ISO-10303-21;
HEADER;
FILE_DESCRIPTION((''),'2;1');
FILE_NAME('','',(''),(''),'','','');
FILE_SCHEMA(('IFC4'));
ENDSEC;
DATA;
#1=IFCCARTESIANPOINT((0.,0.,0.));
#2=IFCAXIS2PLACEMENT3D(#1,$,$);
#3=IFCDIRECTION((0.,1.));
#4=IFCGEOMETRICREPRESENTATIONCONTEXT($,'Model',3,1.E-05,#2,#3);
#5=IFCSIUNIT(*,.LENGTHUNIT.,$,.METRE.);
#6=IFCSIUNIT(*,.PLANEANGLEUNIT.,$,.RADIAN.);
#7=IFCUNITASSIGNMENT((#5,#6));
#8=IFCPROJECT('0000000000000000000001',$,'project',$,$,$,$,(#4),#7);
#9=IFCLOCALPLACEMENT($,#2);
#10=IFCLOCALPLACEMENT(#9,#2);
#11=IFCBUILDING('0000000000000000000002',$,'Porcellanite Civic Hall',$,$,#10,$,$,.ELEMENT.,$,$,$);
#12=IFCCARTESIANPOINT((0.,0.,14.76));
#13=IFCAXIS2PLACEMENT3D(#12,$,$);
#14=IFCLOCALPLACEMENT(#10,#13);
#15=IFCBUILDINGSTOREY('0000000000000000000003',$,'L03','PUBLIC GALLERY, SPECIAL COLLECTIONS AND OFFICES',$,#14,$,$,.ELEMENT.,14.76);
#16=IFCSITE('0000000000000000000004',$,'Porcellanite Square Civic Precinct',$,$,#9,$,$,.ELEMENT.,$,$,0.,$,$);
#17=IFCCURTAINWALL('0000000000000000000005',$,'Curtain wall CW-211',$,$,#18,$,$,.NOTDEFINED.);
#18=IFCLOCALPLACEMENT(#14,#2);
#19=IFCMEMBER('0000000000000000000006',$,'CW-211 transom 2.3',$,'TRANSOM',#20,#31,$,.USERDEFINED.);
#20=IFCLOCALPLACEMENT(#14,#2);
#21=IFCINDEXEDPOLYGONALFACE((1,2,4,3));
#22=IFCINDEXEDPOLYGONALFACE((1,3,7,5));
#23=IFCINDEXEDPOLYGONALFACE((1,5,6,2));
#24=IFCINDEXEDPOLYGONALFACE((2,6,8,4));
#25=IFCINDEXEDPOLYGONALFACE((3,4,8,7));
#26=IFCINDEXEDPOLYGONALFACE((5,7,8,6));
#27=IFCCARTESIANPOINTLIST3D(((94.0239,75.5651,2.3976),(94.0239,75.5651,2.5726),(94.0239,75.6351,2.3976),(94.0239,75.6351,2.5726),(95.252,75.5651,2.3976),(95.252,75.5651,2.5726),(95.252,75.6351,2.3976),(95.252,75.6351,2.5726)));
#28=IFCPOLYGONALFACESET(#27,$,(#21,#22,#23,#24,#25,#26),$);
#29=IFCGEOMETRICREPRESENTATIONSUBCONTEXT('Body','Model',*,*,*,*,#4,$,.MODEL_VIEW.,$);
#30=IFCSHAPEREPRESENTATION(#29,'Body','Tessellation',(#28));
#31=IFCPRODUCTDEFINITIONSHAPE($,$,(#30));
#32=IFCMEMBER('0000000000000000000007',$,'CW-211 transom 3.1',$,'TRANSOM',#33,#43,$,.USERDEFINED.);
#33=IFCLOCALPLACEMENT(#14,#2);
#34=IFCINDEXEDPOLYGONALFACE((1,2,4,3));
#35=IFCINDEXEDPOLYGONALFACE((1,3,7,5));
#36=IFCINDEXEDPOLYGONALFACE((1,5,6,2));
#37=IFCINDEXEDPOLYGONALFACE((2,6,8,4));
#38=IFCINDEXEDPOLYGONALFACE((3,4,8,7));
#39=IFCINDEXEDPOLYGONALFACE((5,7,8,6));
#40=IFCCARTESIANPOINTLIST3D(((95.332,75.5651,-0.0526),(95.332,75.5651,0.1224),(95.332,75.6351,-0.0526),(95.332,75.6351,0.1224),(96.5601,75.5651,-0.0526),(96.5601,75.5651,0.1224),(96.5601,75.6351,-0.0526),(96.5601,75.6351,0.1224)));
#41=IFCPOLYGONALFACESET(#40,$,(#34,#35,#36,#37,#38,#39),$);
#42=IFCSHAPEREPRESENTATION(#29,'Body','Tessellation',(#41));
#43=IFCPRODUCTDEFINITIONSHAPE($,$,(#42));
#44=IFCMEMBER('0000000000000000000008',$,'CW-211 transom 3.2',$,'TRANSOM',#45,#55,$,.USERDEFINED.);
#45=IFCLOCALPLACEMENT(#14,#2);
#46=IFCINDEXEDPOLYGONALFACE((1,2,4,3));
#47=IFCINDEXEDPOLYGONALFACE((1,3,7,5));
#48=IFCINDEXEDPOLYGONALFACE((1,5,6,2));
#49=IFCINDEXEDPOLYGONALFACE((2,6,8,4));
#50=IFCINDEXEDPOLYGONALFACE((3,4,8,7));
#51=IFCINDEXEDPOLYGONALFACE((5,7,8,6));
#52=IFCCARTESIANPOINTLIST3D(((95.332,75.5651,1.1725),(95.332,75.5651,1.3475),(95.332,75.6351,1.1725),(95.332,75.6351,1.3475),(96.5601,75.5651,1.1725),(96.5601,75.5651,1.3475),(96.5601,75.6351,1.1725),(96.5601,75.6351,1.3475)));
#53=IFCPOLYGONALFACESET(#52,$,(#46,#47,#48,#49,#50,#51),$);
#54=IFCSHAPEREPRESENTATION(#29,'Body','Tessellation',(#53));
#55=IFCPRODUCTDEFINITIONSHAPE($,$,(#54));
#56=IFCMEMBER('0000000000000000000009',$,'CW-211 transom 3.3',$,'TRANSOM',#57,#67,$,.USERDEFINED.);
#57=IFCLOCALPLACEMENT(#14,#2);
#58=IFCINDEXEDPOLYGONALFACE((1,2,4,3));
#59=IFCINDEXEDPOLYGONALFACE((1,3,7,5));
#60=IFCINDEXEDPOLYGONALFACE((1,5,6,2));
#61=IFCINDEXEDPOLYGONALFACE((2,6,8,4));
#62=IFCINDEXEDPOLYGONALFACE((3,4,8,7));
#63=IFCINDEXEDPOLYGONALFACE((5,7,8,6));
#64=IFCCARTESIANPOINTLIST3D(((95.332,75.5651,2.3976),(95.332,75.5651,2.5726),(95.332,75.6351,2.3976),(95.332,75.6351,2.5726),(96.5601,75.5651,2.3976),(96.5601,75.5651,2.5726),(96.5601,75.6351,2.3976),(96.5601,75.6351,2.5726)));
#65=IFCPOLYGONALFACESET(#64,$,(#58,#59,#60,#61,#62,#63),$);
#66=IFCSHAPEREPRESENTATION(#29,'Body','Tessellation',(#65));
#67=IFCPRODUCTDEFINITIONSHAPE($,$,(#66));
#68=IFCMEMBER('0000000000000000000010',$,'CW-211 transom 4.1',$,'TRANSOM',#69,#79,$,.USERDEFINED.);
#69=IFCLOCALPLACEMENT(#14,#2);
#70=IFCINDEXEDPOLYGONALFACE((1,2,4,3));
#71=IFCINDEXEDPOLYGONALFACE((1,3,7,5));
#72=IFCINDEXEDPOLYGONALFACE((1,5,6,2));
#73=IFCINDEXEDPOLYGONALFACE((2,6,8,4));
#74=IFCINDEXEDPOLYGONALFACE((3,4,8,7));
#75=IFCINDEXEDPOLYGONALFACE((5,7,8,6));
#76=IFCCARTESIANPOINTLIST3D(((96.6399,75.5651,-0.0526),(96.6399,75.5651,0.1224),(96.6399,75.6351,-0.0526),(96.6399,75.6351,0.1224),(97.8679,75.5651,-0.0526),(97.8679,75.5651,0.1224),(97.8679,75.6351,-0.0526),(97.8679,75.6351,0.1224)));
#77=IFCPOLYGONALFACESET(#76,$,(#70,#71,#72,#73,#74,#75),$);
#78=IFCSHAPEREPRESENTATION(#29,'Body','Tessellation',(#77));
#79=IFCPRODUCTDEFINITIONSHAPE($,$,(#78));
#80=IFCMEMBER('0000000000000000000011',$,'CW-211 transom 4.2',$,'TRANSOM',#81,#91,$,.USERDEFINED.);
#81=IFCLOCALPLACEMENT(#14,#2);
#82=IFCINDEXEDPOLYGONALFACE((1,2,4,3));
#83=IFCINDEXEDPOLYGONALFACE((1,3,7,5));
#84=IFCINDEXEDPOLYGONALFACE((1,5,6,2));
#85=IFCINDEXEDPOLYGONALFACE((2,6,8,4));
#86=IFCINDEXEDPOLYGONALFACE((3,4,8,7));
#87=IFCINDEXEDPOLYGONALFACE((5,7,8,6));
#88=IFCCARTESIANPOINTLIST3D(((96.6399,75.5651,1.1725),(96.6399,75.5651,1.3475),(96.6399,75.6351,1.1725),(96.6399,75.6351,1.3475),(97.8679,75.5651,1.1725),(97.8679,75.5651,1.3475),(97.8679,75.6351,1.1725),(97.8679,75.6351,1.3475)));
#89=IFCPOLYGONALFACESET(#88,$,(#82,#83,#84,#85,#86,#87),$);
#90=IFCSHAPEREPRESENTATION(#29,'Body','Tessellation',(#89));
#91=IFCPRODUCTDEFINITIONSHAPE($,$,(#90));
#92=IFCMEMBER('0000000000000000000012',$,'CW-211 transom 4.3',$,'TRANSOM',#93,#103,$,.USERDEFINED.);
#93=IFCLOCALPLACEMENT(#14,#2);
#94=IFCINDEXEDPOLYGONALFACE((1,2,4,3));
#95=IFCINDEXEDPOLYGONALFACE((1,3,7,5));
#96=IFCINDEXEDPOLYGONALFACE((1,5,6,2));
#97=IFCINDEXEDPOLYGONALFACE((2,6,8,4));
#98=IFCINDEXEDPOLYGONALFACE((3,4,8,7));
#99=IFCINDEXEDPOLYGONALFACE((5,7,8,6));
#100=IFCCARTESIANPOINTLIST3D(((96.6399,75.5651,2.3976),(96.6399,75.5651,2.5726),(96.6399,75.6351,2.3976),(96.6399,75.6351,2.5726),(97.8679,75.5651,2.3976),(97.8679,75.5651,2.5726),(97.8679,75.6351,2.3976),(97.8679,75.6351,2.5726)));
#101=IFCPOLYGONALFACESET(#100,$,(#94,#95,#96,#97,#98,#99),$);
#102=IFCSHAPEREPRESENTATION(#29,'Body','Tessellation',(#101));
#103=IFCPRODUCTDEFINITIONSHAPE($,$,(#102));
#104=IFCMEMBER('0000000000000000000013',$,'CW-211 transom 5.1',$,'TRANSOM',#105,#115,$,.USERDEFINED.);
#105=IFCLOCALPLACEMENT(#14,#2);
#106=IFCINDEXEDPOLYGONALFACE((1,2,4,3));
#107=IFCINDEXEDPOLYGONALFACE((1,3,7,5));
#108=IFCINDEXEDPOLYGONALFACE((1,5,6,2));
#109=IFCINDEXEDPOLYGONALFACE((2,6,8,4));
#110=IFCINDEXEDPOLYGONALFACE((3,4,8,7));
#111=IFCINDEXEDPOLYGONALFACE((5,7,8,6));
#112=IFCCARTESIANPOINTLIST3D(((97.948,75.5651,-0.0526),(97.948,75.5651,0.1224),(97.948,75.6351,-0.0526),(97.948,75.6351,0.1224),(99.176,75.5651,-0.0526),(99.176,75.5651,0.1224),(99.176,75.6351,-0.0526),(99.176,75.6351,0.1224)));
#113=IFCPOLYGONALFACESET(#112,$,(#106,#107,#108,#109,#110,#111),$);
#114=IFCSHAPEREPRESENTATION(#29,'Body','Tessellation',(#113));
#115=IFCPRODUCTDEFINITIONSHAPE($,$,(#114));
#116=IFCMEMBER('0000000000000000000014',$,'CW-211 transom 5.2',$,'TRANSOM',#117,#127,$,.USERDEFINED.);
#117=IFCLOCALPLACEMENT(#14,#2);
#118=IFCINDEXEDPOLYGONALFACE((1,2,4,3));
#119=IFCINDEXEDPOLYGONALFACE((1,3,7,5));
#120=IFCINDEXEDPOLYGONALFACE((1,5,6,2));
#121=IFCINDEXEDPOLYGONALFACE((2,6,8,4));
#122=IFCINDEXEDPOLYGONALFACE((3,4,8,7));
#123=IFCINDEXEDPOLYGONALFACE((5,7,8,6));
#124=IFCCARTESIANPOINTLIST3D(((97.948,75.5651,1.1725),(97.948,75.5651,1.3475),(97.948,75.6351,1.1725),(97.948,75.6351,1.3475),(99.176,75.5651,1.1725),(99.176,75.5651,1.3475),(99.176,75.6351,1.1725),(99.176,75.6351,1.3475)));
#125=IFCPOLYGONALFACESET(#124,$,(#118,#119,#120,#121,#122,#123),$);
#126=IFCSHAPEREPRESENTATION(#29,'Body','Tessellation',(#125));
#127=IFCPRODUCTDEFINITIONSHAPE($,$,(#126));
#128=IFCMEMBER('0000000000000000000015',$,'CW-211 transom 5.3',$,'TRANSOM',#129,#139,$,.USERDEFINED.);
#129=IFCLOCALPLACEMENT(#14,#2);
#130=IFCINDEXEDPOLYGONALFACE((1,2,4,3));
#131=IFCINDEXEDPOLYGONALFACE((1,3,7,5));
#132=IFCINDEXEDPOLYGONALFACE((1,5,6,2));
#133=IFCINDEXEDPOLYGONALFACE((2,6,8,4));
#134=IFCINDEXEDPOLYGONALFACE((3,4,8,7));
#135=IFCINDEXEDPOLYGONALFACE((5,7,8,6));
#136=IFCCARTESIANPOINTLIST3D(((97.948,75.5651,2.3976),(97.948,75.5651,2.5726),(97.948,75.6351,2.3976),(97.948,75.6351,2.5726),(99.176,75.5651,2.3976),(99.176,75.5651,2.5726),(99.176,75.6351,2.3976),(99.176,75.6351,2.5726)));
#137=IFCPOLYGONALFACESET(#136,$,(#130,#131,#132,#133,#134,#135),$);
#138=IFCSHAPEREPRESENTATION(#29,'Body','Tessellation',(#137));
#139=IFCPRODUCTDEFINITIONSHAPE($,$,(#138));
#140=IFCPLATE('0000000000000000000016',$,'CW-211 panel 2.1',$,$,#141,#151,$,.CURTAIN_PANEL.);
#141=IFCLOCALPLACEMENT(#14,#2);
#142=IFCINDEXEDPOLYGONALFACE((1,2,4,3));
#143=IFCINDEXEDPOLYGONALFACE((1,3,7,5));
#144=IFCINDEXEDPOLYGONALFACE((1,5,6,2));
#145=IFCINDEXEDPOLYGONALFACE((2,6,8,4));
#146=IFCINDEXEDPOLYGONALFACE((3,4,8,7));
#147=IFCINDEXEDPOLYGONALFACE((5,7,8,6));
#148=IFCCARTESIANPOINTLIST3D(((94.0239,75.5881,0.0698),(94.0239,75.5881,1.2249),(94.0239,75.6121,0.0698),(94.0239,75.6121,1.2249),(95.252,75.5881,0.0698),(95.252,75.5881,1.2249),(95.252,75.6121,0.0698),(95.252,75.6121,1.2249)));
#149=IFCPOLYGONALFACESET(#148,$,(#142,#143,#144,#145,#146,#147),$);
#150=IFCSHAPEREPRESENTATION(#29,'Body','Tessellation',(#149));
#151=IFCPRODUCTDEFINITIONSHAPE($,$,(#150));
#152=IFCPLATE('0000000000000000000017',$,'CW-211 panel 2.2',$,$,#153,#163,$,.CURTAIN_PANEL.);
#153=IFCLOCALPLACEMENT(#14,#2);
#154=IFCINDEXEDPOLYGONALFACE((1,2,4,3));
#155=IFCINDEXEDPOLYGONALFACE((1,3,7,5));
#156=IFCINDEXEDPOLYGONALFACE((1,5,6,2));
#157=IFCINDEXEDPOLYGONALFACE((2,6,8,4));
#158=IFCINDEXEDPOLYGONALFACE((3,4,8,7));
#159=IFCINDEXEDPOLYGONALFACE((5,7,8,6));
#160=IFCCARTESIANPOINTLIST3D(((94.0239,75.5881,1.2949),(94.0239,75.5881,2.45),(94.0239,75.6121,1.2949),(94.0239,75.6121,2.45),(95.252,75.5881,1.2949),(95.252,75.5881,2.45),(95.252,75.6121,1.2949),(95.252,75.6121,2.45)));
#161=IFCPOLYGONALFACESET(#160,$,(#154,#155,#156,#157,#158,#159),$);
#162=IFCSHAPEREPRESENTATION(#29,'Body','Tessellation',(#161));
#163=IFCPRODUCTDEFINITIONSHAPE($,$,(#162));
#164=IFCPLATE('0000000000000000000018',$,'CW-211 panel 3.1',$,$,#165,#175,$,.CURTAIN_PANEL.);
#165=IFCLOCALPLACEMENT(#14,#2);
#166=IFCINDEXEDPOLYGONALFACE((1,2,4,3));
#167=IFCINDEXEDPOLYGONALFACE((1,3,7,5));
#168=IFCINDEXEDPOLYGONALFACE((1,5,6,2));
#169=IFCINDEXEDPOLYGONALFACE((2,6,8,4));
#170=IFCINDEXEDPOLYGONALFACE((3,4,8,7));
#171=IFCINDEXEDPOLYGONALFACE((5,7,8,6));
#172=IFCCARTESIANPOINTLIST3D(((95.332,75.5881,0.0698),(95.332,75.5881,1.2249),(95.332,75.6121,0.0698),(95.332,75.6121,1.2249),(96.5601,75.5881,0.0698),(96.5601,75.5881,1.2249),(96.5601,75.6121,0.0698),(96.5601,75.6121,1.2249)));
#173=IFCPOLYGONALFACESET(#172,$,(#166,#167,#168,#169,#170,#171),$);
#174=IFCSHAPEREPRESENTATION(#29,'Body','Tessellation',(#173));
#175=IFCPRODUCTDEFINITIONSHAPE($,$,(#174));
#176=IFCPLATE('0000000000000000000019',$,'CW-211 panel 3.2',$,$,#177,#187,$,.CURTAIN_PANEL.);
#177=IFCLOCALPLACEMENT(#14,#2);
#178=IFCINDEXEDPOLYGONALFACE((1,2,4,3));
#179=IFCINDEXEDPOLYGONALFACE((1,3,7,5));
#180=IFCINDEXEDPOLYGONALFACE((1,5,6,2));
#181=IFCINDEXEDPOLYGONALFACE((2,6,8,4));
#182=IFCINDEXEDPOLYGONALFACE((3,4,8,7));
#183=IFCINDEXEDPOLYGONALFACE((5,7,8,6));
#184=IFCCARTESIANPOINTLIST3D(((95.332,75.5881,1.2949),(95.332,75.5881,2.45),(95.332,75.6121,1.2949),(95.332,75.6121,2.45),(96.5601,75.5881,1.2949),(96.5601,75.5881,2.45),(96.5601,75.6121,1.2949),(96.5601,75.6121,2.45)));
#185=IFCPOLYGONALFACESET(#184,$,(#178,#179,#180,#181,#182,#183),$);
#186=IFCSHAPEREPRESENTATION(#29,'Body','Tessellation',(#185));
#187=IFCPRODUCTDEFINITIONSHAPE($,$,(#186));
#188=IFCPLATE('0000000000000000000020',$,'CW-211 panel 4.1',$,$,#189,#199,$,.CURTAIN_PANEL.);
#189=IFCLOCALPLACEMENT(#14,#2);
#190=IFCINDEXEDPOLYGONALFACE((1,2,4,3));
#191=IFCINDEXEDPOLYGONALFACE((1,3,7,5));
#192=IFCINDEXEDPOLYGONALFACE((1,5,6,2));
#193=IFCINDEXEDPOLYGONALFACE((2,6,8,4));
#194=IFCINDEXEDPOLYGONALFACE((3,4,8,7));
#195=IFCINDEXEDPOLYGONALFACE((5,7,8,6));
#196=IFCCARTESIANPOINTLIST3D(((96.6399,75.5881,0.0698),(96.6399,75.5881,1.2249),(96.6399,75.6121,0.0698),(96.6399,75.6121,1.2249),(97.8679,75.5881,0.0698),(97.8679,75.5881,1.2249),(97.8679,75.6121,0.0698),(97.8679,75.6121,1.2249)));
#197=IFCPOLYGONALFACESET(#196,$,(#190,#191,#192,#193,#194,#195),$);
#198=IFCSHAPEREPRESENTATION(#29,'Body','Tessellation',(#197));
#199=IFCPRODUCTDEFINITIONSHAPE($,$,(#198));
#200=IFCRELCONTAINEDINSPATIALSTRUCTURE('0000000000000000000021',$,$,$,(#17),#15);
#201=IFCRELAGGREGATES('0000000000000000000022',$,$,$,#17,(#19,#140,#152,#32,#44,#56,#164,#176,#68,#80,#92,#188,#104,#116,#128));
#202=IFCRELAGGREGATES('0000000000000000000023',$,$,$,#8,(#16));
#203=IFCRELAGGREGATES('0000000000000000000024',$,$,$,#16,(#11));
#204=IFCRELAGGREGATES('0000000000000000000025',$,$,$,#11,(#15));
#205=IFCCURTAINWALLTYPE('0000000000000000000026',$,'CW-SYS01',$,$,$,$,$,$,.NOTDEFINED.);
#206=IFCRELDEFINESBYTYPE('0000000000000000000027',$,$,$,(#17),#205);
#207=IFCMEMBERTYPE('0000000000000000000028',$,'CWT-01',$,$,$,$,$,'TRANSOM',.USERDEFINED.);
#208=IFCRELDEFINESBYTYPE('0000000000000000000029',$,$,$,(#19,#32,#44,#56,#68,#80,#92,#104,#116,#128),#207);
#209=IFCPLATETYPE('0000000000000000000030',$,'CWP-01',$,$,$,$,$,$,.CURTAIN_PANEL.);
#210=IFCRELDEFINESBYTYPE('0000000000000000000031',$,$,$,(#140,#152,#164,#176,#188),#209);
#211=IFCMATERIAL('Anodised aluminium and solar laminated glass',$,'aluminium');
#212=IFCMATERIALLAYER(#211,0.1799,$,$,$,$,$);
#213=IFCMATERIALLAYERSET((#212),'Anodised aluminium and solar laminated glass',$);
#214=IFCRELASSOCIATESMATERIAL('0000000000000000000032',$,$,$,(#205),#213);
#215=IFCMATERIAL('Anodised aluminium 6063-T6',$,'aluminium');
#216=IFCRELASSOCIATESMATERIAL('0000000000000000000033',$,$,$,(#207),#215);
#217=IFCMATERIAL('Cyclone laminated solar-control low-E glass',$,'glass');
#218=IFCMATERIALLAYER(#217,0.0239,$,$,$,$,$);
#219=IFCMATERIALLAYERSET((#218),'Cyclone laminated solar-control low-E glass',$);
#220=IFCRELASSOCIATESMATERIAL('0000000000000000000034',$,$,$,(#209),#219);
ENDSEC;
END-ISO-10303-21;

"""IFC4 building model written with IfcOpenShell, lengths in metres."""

from ifc_helpers import new_model, si_unit, direction, frame, origin, origin_2d, place, context, subcontext, project, spatial, rectangle, extrude, material, layer, layer_set, material_profile, profile_set, type_object, element, aggregate, save


model = new_model("IFC4")

# Units and contexts
model_context = context("Model", 3, precision=1e-05, world=origin(), true_north=direction((0.0, 1.0)))
body_context = subcontext(model_context, "Body", "Model", "MODEL_VIEW")
ifc_project = project(units=[si_unit("LENGTHUNIT", "METRE"), si_unit("PLANEANGLEUNIT", "RADIAN")], contexts=[model_context])

# Site, building, storey
site_placement = place(None, origin())
site = spatial("IfcSite", under=ifc_project, at=site_placement, Name="Porcellanite Square Civic Precinct", CompositionType="ELEMENT", RefElevation=0.0)
building_placement = place(site_placement, origin())
building = spatial("IfcBuilding", under=site, at=building_placement, Name="Porcellanite Civic Hall", CompositionType="ELEMENT")
storey_placement = place(building_placement, frame((0.0, 0.0, 14.76)))
storey = spatial("IfcBuildingStorey", under=building, at=storey_placement, Name="L03", Description="PUBLIC GALLERY, SPECIAL COLLECTIONS AND OFFICES", CompositionType="ELEMENT", Elevation=14.76)

# Curtain wall, members, plates
ifc_material_1 = material(Name="Anodised aluminium and solar laminated glass", Category="aluminium")
ifc_layer_1 = layer(ifc_material_1, 0.1799)
ifc_layer_set_1 = layer_set([ifc_layer_1], Name="Anodised aluminium and solar laminated glass")
curtain_wall_type = type_object("IfcCurtainWallType", Name="CW-SYS01", PredefinedType="NOTDEFINED", material=ifc_layer_set_1)
curtain_wall_placement = place(storey_placement, origin())
curtain_wall = element("IfcCurtainWall", 1, at=curtain_wall_placement, inside=storey, type_object=curtain_wall_type, Name="Curtain wall CW-211", PredefinedType="NOTDEFINED")
ifc_material_2 = material(Name="Anodised aluminium 6063-T6", Category="aluminium")
ifc_material_profile_1 = material_profile(ifc_material_2, rectangle(XDim=0.0701, YDim=0.175, at=origin_2d()), Name="AL-70x175")
ifc_profile_set_1 = profile_set([ifc_material_profile_1], Name="Anodised aluminium 6063-T6")
member_type_1 = type_object("IfcMemberType", Name="CWT-01", ElementType="TRANSOM", PredefinedType="USERDEFINED", material=ifc_profile_set_1)
member_1_placement = place(storey_placement, frame((94.0239, 75.6001, 2.4851), z_axis=(1.0, 0.0, 0.0), x_axis=(0.0, 1.0, 0.0)))
member_1 = element("IfcMember", 2, at=member_1_placement, type_object=member_type_1, Name="CW-211 transom 2.3", ObjectType="TRANSOM", PredefinedType="USERDEFINED", context=body_context, shape_type="SweptSolid", body=[
    extrude(rectangle(XDim=0.0701, YDim=0.175, at=origin_2d()), origin(), (0.0, 0.0, 1.0), 1.228),
])
member_2_placement = place(storey_placement, frame((95.332, 75.6001, 0.0349), z_axis=(1.0, 0.0, 0.0), x_axis=(0.0, 1.0, 0.0)))
member_2 = element("IfcMember", 3, at=member_2_placement, type_object=member_type_1, Name="CW-211 transom 3.1", ObjectType="TRANSOM", PredefinedType="USERDEFINED", context=body_context, shape_type="SweptSolid", body=[
    extrude(rectangle(XDim=0.0701, YDim=0.175, at=origin_2d()), origin(), (0.0, 0.0, 1.0), 1.228),
])
member_3_placement = place(storey_placement, frame((95.332, 75.6001, 1.26), z_axis=(1.0, 0.0, 0.0), x_axis=(0.0, 1.0, 0.0)))
member_3 = element("IfcMember", 4, at=member_3_placement, type_object=member_type_1, Name="CW-211 transom 3.2", ObjectType="TRANSOM", PredefinedType="USERDEFINED", context=body_context, shape_type="SweptSolid", body=[
    extrude(rectangle(XDim=0.0701, YDim=0.175, at=origin_2d()), origin(), (0.0, 0.0, 1.0), 1.228),
])
member_4_placement = place(storey_placement, frame((95.332, 75.6001, 2.4851), z_axis=(1.0, 0.0, 0.0), x_axis=(0.0, 1.0, 0.0)))
member_4 = element("IfcMember", 5, at=member_4_placement, type_object=member_type_1, Name="CW-211 transom 3.3", ObjectType="TRANSOM", PredefinedType="USERDEFINED", context=body_context, shape_type="SweptSolid", body=[
    extrude(rectangle(XDim=0.0701, YDim=0.175, at=origin_2d()), origin(), (0.0, 0.0, 1.0), 1.228),
])
member_5_placement = place(storey_placement, frame((96.6399, 75.6001, 0.0349), z_axis=(1.0, 0.0, 0.0), x_axis=(0.0, 1.0, 0.0)))
member_5 = element("IfcMember", 6, at=member_5_placement, type_object=member_type_1, Name="CW-211 transom 4.1", ObjectType="TRANSOM", PredefinedType="USERDEFINED", context=body_context, shape_type="SweptSolid", body=[
    extrude(rectangle(XDim=0.0701, YDim=0.175, at=origin_2d()), origin(), (0.0, 0.0, 1.0), 1.228),
])
member_6_placement = place(storey_placement, frame((96.6399, 75.6001, 1.26), z_axis=(1.0, 0.0, 0.0), x_axis=(0.0, 1.0, 0.0)))
member_6 = element("IfcMember", 7, at=member_6_placement, type_object=member_type_1, Name="CW-211 transom 4.2", ObjectType="TRANSOM", PredefinedType="USERDEFINED", context=body_context, shape_type="SweptSolid", body=[
    extrude(rectangle(XDim=0.0701, YDim=0.175, at=origin_2d()), origin(), (0.0, 0.0, 1.0), 1.228),
])
member_7_placement = place(storey_placement, frame((96.6399, 75.6001, 2.4851), z_axis=(1.0, 0.0, 0.0), x_axis=(0.0, 1.0, 0.0)))
member_7 = element("IfcMember", 8, at=member_7_placement, type_object=member_type_1, Name="CW-211 transom 4.3", ObjectType="TRANSOM", PredefinedType="USERDEFINED", context=body_context, shape_type="SweptSolid", body=[
    extrude(rectangle(XDim=0.0701, YDim=0.175, at=origin_2d()), origin(), (0.0, 0.0, 1.0), 1.228),
])
member_8_placement = place(storey_placement, frame((97.948, 75.6001, 0.0349), z_axis=(1.0, 0.0, 0.0), x_axis=(0.0, 1.0, 0.0)))
member_8 = element("IfcMember", 9, at=member_8_placement, type_object=member_type_1, Name="CW-211 transom 5.1", ObjectType="TRANSOM", PredefinedType="USERDEFINED", context=body_context, shape_type="SweptSolid", body=[
    extrude(rectangle(XDim=0.0701, YDim=0.175, at=origin_2d()), origin(), (0.0, 0.0, 1.0), 1.228),
])
member_9_placement = place(storey_placement, frame((97.948, 75.6001, 1.26), z_axis=(1.0, 0.0, 0.0), x_axis=(0.0, 1.0, 0.0)))
member_9 = element("IfcMember", 10, at=member_9_placement, type_object=member_type_1, Name="CW-211 transom 5.2", ObjectType="TRANSOM", PredefinedType="USERDEFINED", context=body_context, shape_type="SweptSolid", body=[
    extrude(rectangle(XDim=0.0701, YDim=0.175, at=origin_2d()), origin(), (0.0, 0.0, 1.0), 1.228),
])
member_10_placement = place(storey_placement, frame((97.948, 75.6001, 2.4851), z_axis=(1.0, 0.0, 0.0), x_axis=(0.0, 1.0, 0.0)))
member_10 = element("IfcMember", 11, at=member_10_placement, type_object=member_type_1, Name="CW-211 transom 5.3", ObjectType="TRANSOM", PredefinedType="USERDEFINED", context=body_context, shape_type="SweptSolid", body=[
    extrude(rectangle(XDim=0.0701, YDim=0.175, at=origin_2d()), origin(), (0.0, 0.0, 1.0), 1.228),
])
ifc_material_3 = material(Name="Cyclone laminated solar-control low-E glass", Category="glass")
ifc_layer_2 = layer(ifc_material_3, 0.0239)
ifc_layer_set_2 = layer_set([ifc_layer_2], Name="Cyclone laminated solar-control low-E glass")
plate_type = type_object("IfcPlateType", Name="CWP-01", PredefinedType="CURTAIN_PANEL", material=ifc_layer_set_2)
plate_1_placement = place(storey_placement, frame((94.6379, 75.6001, 0.0698), z_axis=(0.0, 0.0, 1.0), x_axis=(1.0, 0.0, 0.0)))
plate_1 = element("IfcPlate", 12, at=plate_1_placement, type_object=plate_type, Name="CW-211 panel 2.1", PredefinedType="CURTAIN_PANEL", context=body_context, shape_type="SweptSolid", body=[
    extrude(rectangle(XDim=1.228, YDim=0.0239, at=origin_2d()), origin(), (0.0, 0.0, 1.0), 1.155),
])
plate_2_placement = place(storey_placement, frame((94.6379, 75.6001, 1.2949), z_axis=(0.0, 0.0, 1.0), x_axis=(1.0, 0.0, 0.0)))
plate_2 = element("IfcPlate", 13, at=plate_2_placement, type_object=plate_type, Name="CW-211 panel 2.2", PredefinedType="CURTAIN_PANEL", context=body_context, shape_type="SweptSolid", body=[
    extrude(rectangle(XDim=1.228, YDim=0.0239, at=origin_2d()), origin(), (0.0, 0.0, 1.0), 1.155),
])
plate_3_placement = place(storey_placement, frame((95.946, 75.6001, 0.0698), z_axis=(0.0, 0.0, 1.0), x_axis=(1.0, 0.0, 0.0)))
plate_3 = element("IfcPlate", 14, at=plate_3_placement, type_object=plate_type, Name="CW-211 panel 3.1", PredefinedType="CURTAIN_PANEL", context=body_context, shape_type="SweptSolid", body=[
    extrude(rectangle(XDim=1.228, YDim=0.0239, at=origin_2d()), origin(), (0.0, 0.0, 1.0), 1.155),
])
plate_4_placement = place(storey_placement, frame((95.946, 75.6001, 1.2949), z_axis=(0.0, 0.0, 1.0), x_axis=(1.0, 0.0, 0.0)))
plate_4 = element("IfcPlate", 15, at=plate_4_placement, type_object=plate_type, Name="CW-211 panel 3.2", PredefinedType="CURTAIN_PANEL", context=body_context, shape_type="SweptSolid", body=[
    extrude(rectangle(XDim=1.228, YDim=0.0239, at=origin_2d()), origin(), (0.0, 0.0, 1.0), 1.155),
])
plate_5_placement = place(storey_placement, frame((97.2539, 75.6001, 0.0698), z_axis=(0.0, 0.0, 1.0), x_axis=(1.0, 0.0, 0.0)))
plate_5 = element("IfcPlate", 16, at=plate_5_placement, type_object=plate_type, Name="CW-211 panel 4.1", PredefinedType="CURTAIN_PANEL", context=body_context, shape_type="SweptSolid", body=[
    extrude(rectangle(XDim=1.228, YDim=0.0239, at=origin_2d()), origin(), (0.0, 0.0, 1.0), 1.155),
])
aggregate(curtain_wall, [member_1, plate_1, plate_2, member_2, member_3, member_4, plate_3, plate_4, member_5, member_6, member_7, plate_5, member_8, member_9, member_10])

save(model, "model.ifc")
